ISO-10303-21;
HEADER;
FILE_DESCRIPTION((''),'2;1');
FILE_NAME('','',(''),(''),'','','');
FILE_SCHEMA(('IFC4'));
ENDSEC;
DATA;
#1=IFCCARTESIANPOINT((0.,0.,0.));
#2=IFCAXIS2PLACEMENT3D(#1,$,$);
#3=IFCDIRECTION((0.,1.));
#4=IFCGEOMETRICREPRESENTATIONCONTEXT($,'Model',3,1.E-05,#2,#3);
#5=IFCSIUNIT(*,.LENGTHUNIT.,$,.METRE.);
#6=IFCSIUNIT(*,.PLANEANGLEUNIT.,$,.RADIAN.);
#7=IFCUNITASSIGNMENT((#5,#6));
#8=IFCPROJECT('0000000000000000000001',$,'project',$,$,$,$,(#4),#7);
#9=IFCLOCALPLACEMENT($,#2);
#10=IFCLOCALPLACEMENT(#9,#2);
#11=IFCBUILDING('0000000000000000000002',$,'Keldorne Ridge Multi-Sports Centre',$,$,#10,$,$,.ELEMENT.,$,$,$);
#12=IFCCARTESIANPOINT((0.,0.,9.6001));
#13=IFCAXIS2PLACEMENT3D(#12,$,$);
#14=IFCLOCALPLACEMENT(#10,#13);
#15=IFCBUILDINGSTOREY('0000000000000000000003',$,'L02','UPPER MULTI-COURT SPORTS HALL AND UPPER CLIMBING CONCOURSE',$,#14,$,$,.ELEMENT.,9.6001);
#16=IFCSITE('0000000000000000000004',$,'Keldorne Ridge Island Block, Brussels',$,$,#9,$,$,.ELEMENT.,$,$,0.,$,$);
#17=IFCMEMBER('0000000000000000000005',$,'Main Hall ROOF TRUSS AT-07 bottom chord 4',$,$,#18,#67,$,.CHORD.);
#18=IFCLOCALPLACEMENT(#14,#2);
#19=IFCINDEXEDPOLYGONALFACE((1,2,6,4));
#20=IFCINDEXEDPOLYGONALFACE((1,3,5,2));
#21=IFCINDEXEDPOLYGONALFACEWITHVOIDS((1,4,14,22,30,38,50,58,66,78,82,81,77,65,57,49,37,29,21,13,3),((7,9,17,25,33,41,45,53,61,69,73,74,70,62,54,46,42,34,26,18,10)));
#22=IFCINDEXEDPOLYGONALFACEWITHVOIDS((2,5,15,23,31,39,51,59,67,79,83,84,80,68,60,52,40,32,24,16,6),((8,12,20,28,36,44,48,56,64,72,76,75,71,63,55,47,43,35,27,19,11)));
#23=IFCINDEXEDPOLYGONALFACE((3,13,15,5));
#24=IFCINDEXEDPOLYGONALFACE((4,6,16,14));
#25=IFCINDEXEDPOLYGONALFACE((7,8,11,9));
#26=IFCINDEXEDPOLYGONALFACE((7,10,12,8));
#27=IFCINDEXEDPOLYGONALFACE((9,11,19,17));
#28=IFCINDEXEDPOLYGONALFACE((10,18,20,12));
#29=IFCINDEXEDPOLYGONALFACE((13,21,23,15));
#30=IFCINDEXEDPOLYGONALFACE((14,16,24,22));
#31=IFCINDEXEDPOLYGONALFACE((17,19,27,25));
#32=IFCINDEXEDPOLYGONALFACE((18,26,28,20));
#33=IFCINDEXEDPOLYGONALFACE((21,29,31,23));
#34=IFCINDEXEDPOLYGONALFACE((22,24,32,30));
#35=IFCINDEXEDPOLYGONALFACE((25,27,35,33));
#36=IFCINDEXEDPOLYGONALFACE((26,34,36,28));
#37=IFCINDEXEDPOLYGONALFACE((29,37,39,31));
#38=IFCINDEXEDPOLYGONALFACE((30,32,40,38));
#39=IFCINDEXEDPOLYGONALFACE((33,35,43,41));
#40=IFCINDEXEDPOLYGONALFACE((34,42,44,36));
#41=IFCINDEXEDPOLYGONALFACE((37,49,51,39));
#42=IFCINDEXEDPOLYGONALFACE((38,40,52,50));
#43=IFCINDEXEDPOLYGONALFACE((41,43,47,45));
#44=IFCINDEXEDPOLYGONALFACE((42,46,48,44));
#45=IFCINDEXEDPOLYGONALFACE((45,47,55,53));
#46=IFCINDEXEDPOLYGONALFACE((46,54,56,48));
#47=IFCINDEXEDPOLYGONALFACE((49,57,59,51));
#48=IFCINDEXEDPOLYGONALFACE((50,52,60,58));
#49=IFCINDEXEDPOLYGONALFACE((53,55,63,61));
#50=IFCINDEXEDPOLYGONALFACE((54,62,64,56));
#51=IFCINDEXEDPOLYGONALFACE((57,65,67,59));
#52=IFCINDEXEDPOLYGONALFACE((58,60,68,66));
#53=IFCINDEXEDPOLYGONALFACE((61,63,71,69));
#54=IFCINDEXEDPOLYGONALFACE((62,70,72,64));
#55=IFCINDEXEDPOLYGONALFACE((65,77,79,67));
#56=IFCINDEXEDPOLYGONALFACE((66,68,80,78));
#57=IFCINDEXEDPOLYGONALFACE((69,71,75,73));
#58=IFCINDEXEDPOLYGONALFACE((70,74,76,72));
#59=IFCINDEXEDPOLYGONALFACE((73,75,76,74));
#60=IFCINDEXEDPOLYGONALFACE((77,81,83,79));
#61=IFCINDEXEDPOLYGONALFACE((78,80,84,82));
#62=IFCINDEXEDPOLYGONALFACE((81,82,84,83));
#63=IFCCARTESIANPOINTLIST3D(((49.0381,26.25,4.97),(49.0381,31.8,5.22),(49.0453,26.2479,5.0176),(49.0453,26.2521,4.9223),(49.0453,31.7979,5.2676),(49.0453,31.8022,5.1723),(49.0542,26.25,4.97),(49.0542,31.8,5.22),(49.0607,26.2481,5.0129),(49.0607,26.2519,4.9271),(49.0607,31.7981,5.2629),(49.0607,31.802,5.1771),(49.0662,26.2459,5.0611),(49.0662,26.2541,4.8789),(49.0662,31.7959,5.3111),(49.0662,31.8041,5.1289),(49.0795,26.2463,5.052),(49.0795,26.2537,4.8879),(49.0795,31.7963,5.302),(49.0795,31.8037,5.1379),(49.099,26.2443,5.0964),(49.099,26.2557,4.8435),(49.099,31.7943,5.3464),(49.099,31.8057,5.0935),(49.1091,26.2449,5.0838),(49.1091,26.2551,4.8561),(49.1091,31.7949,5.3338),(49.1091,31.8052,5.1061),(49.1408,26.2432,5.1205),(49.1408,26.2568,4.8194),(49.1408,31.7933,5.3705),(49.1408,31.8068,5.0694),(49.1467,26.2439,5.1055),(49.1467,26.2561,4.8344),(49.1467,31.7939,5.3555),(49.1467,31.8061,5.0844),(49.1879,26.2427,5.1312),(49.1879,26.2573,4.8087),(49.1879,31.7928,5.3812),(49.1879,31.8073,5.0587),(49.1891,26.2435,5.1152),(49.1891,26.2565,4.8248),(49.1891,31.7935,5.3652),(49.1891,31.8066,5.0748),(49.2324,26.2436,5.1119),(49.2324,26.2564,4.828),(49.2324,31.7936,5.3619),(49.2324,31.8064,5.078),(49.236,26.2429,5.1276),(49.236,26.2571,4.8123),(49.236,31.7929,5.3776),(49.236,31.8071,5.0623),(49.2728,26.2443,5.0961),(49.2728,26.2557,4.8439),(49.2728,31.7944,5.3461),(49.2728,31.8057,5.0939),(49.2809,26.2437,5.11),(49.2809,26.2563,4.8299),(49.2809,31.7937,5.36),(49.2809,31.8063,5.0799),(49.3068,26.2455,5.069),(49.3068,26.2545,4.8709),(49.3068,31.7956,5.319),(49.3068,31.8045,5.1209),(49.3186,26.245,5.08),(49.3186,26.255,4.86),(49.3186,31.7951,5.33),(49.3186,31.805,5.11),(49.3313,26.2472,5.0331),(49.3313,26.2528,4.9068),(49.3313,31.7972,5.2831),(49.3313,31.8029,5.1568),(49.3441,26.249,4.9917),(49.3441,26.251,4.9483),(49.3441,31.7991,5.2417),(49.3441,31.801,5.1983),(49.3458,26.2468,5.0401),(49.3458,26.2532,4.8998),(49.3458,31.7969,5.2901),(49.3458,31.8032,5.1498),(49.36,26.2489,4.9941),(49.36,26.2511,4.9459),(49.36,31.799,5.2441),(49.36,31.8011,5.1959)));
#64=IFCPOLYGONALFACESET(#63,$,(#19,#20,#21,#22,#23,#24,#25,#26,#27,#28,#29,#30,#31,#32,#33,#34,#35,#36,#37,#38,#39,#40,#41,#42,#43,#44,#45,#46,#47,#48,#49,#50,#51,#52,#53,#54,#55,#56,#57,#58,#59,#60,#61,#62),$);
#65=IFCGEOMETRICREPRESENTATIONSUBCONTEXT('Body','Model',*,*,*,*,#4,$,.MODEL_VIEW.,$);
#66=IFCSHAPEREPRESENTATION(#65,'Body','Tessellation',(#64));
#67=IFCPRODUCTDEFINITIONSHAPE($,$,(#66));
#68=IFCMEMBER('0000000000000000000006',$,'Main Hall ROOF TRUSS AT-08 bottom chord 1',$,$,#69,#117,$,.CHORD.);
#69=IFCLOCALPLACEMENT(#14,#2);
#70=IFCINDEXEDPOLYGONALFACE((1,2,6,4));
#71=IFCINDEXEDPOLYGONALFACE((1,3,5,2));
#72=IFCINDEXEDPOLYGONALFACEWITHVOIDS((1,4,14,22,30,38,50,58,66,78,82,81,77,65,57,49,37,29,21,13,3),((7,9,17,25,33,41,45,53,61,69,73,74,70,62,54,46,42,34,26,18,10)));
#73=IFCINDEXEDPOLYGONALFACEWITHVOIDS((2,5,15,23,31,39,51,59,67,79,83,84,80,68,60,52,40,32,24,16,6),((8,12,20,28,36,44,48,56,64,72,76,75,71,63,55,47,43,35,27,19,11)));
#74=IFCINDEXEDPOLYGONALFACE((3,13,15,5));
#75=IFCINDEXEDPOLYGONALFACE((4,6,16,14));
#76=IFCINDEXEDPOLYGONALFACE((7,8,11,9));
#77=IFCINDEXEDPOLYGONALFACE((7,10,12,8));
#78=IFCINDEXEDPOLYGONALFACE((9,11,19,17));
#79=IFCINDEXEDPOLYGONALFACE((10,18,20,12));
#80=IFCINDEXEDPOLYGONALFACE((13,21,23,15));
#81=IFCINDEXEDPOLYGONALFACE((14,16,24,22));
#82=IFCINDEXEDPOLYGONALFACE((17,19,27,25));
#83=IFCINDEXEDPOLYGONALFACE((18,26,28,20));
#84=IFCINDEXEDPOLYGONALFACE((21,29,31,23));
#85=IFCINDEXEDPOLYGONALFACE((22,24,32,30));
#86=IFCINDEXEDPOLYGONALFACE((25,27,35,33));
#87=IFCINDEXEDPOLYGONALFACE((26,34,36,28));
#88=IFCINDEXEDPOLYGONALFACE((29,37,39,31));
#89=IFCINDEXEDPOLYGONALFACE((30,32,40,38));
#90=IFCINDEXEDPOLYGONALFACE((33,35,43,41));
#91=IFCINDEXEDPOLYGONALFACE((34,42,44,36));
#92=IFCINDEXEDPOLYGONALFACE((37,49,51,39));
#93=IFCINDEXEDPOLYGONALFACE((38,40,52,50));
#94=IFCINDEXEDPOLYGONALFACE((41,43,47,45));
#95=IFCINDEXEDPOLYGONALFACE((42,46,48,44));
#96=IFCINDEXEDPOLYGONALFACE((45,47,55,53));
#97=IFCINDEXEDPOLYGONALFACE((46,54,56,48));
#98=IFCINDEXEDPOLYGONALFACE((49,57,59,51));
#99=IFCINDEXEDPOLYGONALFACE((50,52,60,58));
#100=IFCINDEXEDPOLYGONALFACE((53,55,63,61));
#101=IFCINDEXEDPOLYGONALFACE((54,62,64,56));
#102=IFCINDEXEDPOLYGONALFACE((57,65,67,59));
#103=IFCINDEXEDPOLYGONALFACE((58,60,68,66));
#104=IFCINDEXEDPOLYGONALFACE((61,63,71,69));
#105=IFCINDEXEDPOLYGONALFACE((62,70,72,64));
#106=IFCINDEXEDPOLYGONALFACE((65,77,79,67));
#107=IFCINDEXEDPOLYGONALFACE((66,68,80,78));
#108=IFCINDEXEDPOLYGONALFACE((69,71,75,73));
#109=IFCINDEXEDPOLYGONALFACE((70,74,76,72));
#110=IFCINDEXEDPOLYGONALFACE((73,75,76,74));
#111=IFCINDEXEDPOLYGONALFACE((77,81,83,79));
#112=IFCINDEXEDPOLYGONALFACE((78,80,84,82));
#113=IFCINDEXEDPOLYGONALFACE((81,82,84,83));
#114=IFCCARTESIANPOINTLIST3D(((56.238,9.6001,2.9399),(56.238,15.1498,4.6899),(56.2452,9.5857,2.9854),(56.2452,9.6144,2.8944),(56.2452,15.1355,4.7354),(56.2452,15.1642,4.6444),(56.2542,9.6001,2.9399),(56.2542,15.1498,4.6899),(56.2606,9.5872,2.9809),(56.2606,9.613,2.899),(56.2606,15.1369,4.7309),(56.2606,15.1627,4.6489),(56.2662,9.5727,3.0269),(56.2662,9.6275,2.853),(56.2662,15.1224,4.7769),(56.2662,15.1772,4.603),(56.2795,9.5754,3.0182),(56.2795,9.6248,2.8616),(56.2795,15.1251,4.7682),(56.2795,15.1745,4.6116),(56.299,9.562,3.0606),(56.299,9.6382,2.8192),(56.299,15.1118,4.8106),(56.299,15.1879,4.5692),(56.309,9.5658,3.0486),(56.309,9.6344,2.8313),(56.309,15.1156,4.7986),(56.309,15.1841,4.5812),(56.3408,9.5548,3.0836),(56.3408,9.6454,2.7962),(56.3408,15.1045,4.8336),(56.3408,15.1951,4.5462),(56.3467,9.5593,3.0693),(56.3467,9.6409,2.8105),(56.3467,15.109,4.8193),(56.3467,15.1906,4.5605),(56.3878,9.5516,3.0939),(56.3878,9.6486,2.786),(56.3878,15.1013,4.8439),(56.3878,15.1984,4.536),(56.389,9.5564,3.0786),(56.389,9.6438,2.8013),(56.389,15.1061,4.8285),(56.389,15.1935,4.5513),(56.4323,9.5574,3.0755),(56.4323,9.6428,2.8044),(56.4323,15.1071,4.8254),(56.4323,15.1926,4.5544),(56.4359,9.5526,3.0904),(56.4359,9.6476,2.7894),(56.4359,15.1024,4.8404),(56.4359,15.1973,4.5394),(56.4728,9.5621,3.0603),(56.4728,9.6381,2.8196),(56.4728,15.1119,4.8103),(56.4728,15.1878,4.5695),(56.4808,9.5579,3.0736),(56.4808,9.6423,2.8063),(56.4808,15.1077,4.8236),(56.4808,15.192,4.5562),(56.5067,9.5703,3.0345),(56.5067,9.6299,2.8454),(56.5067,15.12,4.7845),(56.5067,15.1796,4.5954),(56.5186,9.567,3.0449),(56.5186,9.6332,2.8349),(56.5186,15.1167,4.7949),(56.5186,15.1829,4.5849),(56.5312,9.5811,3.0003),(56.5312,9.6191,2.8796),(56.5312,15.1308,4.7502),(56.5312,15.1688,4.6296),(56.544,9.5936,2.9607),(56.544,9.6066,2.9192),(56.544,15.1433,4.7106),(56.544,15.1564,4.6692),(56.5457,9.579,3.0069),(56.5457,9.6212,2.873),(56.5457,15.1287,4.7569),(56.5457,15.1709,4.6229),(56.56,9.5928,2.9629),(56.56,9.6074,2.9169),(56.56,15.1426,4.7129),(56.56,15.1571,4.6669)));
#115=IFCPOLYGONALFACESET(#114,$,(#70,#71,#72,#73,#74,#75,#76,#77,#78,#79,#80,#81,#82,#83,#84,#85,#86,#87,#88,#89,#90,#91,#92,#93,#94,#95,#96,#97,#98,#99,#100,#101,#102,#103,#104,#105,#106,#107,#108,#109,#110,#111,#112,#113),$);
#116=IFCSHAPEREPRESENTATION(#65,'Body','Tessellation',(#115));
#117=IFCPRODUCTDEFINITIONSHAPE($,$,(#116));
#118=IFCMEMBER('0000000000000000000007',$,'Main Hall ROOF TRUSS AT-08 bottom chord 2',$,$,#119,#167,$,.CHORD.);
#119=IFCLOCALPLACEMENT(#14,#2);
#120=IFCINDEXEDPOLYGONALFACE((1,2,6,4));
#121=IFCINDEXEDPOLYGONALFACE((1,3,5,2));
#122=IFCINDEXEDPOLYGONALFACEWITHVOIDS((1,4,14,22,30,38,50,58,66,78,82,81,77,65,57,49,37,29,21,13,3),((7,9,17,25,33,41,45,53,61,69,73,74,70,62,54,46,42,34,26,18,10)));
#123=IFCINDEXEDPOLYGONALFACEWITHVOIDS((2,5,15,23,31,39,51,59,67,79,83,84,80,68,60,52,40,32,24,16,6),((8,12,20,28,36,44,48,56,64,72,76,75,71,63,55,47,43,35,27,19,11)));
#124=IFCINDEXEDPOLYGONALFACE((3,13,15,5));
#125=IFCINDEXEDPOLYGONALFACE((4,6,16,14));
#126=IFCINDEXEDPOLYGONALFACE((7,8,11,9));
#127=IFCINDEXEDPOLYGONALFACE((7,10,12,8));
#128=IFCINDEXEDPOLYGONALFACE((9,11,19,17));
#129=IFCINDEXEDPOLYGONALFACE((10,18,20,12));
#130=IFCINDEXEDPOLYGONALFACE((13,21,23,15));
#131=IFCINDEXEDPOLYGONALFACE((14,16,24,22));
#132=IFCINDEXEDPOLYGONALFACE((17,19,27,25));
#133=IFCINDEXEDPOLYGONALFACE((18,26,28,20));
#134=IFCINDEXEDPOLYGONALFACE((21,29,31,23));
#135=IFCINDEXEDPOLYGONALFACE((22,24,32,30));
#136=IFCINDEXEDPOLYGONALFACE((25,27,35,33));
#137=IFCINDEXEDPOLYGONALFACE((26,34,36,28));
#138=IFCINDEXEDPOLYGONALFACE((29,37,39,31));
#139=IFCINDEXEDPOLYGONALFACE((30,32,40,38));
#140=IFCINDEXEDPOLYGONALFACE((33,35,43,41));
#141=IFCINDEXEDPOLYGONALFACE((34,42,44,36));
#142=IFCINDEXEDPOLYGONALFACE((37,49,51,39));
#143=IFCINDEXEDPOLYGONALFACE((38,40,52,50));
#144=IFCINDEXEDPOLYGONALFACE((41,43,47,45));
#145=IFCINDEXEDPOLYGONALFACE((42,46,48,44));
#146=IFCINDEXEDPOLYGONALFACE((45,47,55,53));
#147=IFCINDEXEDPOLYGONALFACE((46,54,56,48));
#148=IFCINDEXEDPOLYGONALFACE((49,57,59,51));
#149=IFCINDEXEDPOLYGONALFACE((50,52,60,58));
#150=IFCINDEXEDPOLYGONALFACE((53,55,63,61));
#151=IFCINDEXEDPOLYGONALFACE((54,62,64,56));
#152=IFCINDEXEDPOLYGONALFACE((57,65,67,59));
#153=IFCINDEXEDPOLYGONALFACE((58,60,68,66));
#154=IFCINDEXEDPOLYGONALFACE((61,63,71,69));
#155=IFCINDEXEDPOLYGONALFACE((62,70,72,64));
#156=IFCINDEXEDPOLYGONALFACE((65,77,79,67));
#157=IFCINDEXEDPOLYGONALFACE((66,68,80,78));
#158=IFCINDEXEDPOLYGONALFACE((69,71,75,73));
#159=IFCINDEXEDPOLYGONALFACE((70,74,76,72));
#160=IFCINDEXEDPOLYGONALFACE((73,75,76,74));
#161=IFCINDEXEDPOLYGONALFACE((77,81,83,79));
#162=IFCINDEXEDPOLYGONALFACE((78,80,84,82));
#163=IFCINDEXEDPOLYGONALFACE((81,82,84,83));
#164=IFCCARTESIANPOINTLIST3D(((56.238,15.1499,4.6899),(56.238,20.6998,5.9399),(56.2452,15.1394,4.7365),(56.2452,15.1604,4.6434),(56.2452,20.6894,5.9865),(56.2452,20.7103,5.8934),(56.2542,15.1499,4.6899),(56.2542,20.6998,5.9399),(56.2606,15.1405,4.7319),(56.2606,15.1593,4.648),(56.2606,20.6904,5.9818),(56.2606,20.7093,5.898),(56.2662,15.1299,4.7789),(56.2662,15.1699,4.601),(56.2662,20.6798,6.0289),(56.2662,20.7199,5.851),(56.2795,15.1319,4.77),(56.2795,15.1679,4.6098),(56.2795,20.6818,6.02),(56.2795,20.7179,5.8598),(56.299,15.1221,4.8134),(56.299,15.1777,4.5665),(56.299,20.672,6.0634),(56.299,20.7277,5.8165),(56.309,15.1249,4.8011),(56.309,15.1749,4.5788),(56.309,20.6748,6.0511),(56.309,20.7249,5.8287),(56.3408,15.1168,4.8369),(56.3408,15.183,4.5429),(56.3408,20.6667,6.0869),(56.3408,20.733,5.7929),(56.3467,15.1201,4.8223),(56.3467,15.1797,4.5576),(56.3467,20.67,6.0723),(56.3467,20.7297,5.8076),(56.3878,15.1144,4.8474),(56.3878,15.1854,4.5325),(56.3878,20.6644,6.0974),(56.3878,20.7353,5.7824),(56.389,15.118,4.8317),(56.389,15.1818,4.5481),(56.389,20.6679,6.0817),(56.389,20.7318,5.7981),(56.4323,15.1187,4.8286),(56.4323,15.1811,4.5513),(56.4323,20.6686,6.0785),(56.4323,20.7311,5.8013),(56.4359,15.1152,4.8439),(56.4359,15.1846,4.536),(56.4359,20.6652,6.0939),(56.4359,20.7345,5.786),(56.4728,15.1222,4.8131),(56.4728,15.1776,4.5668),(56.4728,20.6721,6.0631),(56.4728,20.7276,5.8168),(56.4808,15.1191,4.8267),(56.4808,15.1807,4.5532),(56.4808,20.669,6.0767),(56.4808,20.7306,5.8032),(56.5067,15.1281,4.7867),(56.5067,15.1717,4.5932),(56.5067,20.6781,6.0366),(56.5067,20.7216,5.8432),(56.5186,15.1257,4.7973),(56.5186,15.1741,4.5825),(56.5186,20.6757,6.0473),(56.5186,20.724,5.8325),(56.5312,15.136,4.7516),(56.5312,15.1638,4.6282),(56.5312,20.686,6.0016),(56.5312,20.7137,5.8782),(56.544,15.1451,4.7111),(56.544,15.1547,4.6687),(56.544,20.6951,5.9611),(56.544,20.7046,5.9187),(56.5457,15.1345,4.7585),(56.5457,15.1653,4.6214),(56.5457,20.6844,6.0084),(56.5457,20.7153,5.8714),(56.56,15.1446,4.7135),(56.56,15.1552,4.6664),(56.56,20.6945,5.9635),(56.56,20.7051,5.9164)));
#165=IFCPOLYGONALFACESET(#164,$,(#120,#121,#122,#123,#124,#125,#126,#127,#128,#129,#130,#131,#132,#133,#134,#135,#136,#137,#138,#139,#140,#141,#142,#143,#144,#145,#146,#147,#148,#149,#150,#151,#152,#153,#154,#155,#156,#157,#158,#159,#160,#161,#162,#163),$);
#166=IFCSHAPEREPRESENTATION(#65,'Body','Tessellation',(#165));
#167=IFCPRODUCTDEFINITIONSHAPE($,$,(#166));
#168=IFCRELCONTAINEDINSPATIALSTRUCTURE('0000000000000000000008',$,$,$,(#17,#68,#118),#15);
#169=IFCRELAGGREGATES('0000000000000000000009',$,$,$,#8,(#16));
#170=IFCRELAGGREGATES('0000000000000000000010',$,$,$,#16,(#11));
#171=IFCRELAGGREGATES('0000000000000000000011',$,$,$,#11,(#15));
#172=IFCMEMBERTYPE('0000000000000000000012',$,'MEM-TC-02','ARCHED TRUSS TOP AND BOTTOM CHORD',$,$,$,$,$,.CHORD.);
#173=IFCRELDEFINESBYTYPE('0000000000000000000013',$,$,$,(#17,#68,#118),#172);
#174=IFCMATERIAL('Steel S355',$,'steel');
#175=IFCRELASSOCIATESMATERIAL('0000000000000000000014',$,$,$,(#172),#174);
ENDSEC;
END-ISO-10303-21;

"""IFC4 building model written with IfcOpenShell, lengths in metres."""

from ifc_helpers import new_model, si_unit, direction, frame, origin, origin_2d, place, context, subcontext, project, spatial, hollow_circle, extrude, material, material_profile, profile_set, type_object, element, save


model = new_model("IFC4")

# Units and contexts
model_context = context("Model", 3, precision=1e-05, world=origin(), true_north=direction((0.0, 1.0)))
body_context = subcontext(model_context, "Body", "Model", "MODEL_VIEW")
ifc_project = project(units=[si_unit("LENGTHUNIT", "METRE"), si_unit("PLANEANGLEUNIT", "RADIAN")], contexts=[model_context])

# Site, building, storey
site_placement = place(None, origin())
site = spatial("IfcSite", under=ifc_project, at=site_placement, Name="Keldorne Ridge Island Block, Brussels", CompositionType="ELEMENT", RefElevation=0.0)
building_placement = place(site_placement, origin())
building = spatial("IfcBuilding", under=site, at=building_placement, Name="Keldorne Ridge Multi-Sports Centre", CompositionType="ELEMENT")
storey_placement = place(building_placement, frame((0.0, 0.0, 9.6001)))
storey = spatial("IfcBuildingStorey", under=building, at=storey_placement, Name="L02", Description="UPPER MULTI-COURT SPORTS HALL AND UPPER CLIMBING CONCOURSE", CompositionType="ELEMENT", Elevation=9.6001)

# Shared definitions
ifc_material_1 = material(Name="Steel S355", Category="steel")

# Members
ifc_material_profile_1 = material_profile(ifc_material_1, hollow_circle(Radius=0.1619, WallThickness=0.0161, at=origin_2d()), Name="CHS 323.9x16")
ifc_profile_set_1 = profile_set([ifc_material_profile_1], Name="Steel S355")
member_type_1 = type_object("IfcMemberType", Name="MEM-TC-02", Description="ARCHED TRUSS TOP AND BOTTOM CHORD", PredefinedType="CHORD", material=ifc_profile_set_1)
member_1_placement = place(storey_placement, frame((49.2, 26.25, 4.97), z_axis=(0.0, 0.998987, 0.044999), x_axis=(-1.0, 0.0, 0.0)))
element("IfcMember", 1, at=member_1_placement, inside=storey, type_object=member_type_1, Name="Main Hall ROOF TRUSS AT-07 bottom chord 4", PredefinedType="CHORD", context=body_context, shape_type="SweptSolid", body=[
    extrude(hollow_circle(Radius=0.1619, WallThickness=0.0161, at=origin_2d()), origin(), (0.0, 0.0, 1.0), 5.5557),
])
member_2_placement = place(storey_placement, frame((56.3999, 9.6001, 2.9399), z_axis=(0.0, 0.953709, 0.30073), x_axis=(-1.0, 0.0, 0.0)))
element("IfcMember", 2, at=member_2_placement, inside=storey, type_object=member_type_1, Name="Main Hall ROOF TRUSS AT-08 bottom chord 1", PredefinedType="CHORD", context=body_context, shape_type="SweptSolid", body=[
    extrude(hollow_circle(Radius=0.1619, WallThickness=0.0161, at=origin_2d()), origin(), (0.0, 0.0, 1.0), 5.8191),
])
member_3_placement = place(storey_placement, frame((56.3999, 15.1499, 4.6899), z_axis=(0.0, 0.975563, 0.219719), x_axis=(-1.0, 0.0, 0.0)))
element("IfcMember", 3, at=member_3_placement, inside=storey, type_object=member_type_1, Name="Main Hall ROOF TRUSS AT-08 bottom chord 2", PredefinedType="CHORD", context=body_context, shape_type="SweptSolid", body=[
    extrude(hollow_circle(Radius=0.1619, WallThickness=0.0161, at=origin_2d()), origin(), (0.0, 0.0, 1.0), 5.689),
])

save(model, "model.ifc")
